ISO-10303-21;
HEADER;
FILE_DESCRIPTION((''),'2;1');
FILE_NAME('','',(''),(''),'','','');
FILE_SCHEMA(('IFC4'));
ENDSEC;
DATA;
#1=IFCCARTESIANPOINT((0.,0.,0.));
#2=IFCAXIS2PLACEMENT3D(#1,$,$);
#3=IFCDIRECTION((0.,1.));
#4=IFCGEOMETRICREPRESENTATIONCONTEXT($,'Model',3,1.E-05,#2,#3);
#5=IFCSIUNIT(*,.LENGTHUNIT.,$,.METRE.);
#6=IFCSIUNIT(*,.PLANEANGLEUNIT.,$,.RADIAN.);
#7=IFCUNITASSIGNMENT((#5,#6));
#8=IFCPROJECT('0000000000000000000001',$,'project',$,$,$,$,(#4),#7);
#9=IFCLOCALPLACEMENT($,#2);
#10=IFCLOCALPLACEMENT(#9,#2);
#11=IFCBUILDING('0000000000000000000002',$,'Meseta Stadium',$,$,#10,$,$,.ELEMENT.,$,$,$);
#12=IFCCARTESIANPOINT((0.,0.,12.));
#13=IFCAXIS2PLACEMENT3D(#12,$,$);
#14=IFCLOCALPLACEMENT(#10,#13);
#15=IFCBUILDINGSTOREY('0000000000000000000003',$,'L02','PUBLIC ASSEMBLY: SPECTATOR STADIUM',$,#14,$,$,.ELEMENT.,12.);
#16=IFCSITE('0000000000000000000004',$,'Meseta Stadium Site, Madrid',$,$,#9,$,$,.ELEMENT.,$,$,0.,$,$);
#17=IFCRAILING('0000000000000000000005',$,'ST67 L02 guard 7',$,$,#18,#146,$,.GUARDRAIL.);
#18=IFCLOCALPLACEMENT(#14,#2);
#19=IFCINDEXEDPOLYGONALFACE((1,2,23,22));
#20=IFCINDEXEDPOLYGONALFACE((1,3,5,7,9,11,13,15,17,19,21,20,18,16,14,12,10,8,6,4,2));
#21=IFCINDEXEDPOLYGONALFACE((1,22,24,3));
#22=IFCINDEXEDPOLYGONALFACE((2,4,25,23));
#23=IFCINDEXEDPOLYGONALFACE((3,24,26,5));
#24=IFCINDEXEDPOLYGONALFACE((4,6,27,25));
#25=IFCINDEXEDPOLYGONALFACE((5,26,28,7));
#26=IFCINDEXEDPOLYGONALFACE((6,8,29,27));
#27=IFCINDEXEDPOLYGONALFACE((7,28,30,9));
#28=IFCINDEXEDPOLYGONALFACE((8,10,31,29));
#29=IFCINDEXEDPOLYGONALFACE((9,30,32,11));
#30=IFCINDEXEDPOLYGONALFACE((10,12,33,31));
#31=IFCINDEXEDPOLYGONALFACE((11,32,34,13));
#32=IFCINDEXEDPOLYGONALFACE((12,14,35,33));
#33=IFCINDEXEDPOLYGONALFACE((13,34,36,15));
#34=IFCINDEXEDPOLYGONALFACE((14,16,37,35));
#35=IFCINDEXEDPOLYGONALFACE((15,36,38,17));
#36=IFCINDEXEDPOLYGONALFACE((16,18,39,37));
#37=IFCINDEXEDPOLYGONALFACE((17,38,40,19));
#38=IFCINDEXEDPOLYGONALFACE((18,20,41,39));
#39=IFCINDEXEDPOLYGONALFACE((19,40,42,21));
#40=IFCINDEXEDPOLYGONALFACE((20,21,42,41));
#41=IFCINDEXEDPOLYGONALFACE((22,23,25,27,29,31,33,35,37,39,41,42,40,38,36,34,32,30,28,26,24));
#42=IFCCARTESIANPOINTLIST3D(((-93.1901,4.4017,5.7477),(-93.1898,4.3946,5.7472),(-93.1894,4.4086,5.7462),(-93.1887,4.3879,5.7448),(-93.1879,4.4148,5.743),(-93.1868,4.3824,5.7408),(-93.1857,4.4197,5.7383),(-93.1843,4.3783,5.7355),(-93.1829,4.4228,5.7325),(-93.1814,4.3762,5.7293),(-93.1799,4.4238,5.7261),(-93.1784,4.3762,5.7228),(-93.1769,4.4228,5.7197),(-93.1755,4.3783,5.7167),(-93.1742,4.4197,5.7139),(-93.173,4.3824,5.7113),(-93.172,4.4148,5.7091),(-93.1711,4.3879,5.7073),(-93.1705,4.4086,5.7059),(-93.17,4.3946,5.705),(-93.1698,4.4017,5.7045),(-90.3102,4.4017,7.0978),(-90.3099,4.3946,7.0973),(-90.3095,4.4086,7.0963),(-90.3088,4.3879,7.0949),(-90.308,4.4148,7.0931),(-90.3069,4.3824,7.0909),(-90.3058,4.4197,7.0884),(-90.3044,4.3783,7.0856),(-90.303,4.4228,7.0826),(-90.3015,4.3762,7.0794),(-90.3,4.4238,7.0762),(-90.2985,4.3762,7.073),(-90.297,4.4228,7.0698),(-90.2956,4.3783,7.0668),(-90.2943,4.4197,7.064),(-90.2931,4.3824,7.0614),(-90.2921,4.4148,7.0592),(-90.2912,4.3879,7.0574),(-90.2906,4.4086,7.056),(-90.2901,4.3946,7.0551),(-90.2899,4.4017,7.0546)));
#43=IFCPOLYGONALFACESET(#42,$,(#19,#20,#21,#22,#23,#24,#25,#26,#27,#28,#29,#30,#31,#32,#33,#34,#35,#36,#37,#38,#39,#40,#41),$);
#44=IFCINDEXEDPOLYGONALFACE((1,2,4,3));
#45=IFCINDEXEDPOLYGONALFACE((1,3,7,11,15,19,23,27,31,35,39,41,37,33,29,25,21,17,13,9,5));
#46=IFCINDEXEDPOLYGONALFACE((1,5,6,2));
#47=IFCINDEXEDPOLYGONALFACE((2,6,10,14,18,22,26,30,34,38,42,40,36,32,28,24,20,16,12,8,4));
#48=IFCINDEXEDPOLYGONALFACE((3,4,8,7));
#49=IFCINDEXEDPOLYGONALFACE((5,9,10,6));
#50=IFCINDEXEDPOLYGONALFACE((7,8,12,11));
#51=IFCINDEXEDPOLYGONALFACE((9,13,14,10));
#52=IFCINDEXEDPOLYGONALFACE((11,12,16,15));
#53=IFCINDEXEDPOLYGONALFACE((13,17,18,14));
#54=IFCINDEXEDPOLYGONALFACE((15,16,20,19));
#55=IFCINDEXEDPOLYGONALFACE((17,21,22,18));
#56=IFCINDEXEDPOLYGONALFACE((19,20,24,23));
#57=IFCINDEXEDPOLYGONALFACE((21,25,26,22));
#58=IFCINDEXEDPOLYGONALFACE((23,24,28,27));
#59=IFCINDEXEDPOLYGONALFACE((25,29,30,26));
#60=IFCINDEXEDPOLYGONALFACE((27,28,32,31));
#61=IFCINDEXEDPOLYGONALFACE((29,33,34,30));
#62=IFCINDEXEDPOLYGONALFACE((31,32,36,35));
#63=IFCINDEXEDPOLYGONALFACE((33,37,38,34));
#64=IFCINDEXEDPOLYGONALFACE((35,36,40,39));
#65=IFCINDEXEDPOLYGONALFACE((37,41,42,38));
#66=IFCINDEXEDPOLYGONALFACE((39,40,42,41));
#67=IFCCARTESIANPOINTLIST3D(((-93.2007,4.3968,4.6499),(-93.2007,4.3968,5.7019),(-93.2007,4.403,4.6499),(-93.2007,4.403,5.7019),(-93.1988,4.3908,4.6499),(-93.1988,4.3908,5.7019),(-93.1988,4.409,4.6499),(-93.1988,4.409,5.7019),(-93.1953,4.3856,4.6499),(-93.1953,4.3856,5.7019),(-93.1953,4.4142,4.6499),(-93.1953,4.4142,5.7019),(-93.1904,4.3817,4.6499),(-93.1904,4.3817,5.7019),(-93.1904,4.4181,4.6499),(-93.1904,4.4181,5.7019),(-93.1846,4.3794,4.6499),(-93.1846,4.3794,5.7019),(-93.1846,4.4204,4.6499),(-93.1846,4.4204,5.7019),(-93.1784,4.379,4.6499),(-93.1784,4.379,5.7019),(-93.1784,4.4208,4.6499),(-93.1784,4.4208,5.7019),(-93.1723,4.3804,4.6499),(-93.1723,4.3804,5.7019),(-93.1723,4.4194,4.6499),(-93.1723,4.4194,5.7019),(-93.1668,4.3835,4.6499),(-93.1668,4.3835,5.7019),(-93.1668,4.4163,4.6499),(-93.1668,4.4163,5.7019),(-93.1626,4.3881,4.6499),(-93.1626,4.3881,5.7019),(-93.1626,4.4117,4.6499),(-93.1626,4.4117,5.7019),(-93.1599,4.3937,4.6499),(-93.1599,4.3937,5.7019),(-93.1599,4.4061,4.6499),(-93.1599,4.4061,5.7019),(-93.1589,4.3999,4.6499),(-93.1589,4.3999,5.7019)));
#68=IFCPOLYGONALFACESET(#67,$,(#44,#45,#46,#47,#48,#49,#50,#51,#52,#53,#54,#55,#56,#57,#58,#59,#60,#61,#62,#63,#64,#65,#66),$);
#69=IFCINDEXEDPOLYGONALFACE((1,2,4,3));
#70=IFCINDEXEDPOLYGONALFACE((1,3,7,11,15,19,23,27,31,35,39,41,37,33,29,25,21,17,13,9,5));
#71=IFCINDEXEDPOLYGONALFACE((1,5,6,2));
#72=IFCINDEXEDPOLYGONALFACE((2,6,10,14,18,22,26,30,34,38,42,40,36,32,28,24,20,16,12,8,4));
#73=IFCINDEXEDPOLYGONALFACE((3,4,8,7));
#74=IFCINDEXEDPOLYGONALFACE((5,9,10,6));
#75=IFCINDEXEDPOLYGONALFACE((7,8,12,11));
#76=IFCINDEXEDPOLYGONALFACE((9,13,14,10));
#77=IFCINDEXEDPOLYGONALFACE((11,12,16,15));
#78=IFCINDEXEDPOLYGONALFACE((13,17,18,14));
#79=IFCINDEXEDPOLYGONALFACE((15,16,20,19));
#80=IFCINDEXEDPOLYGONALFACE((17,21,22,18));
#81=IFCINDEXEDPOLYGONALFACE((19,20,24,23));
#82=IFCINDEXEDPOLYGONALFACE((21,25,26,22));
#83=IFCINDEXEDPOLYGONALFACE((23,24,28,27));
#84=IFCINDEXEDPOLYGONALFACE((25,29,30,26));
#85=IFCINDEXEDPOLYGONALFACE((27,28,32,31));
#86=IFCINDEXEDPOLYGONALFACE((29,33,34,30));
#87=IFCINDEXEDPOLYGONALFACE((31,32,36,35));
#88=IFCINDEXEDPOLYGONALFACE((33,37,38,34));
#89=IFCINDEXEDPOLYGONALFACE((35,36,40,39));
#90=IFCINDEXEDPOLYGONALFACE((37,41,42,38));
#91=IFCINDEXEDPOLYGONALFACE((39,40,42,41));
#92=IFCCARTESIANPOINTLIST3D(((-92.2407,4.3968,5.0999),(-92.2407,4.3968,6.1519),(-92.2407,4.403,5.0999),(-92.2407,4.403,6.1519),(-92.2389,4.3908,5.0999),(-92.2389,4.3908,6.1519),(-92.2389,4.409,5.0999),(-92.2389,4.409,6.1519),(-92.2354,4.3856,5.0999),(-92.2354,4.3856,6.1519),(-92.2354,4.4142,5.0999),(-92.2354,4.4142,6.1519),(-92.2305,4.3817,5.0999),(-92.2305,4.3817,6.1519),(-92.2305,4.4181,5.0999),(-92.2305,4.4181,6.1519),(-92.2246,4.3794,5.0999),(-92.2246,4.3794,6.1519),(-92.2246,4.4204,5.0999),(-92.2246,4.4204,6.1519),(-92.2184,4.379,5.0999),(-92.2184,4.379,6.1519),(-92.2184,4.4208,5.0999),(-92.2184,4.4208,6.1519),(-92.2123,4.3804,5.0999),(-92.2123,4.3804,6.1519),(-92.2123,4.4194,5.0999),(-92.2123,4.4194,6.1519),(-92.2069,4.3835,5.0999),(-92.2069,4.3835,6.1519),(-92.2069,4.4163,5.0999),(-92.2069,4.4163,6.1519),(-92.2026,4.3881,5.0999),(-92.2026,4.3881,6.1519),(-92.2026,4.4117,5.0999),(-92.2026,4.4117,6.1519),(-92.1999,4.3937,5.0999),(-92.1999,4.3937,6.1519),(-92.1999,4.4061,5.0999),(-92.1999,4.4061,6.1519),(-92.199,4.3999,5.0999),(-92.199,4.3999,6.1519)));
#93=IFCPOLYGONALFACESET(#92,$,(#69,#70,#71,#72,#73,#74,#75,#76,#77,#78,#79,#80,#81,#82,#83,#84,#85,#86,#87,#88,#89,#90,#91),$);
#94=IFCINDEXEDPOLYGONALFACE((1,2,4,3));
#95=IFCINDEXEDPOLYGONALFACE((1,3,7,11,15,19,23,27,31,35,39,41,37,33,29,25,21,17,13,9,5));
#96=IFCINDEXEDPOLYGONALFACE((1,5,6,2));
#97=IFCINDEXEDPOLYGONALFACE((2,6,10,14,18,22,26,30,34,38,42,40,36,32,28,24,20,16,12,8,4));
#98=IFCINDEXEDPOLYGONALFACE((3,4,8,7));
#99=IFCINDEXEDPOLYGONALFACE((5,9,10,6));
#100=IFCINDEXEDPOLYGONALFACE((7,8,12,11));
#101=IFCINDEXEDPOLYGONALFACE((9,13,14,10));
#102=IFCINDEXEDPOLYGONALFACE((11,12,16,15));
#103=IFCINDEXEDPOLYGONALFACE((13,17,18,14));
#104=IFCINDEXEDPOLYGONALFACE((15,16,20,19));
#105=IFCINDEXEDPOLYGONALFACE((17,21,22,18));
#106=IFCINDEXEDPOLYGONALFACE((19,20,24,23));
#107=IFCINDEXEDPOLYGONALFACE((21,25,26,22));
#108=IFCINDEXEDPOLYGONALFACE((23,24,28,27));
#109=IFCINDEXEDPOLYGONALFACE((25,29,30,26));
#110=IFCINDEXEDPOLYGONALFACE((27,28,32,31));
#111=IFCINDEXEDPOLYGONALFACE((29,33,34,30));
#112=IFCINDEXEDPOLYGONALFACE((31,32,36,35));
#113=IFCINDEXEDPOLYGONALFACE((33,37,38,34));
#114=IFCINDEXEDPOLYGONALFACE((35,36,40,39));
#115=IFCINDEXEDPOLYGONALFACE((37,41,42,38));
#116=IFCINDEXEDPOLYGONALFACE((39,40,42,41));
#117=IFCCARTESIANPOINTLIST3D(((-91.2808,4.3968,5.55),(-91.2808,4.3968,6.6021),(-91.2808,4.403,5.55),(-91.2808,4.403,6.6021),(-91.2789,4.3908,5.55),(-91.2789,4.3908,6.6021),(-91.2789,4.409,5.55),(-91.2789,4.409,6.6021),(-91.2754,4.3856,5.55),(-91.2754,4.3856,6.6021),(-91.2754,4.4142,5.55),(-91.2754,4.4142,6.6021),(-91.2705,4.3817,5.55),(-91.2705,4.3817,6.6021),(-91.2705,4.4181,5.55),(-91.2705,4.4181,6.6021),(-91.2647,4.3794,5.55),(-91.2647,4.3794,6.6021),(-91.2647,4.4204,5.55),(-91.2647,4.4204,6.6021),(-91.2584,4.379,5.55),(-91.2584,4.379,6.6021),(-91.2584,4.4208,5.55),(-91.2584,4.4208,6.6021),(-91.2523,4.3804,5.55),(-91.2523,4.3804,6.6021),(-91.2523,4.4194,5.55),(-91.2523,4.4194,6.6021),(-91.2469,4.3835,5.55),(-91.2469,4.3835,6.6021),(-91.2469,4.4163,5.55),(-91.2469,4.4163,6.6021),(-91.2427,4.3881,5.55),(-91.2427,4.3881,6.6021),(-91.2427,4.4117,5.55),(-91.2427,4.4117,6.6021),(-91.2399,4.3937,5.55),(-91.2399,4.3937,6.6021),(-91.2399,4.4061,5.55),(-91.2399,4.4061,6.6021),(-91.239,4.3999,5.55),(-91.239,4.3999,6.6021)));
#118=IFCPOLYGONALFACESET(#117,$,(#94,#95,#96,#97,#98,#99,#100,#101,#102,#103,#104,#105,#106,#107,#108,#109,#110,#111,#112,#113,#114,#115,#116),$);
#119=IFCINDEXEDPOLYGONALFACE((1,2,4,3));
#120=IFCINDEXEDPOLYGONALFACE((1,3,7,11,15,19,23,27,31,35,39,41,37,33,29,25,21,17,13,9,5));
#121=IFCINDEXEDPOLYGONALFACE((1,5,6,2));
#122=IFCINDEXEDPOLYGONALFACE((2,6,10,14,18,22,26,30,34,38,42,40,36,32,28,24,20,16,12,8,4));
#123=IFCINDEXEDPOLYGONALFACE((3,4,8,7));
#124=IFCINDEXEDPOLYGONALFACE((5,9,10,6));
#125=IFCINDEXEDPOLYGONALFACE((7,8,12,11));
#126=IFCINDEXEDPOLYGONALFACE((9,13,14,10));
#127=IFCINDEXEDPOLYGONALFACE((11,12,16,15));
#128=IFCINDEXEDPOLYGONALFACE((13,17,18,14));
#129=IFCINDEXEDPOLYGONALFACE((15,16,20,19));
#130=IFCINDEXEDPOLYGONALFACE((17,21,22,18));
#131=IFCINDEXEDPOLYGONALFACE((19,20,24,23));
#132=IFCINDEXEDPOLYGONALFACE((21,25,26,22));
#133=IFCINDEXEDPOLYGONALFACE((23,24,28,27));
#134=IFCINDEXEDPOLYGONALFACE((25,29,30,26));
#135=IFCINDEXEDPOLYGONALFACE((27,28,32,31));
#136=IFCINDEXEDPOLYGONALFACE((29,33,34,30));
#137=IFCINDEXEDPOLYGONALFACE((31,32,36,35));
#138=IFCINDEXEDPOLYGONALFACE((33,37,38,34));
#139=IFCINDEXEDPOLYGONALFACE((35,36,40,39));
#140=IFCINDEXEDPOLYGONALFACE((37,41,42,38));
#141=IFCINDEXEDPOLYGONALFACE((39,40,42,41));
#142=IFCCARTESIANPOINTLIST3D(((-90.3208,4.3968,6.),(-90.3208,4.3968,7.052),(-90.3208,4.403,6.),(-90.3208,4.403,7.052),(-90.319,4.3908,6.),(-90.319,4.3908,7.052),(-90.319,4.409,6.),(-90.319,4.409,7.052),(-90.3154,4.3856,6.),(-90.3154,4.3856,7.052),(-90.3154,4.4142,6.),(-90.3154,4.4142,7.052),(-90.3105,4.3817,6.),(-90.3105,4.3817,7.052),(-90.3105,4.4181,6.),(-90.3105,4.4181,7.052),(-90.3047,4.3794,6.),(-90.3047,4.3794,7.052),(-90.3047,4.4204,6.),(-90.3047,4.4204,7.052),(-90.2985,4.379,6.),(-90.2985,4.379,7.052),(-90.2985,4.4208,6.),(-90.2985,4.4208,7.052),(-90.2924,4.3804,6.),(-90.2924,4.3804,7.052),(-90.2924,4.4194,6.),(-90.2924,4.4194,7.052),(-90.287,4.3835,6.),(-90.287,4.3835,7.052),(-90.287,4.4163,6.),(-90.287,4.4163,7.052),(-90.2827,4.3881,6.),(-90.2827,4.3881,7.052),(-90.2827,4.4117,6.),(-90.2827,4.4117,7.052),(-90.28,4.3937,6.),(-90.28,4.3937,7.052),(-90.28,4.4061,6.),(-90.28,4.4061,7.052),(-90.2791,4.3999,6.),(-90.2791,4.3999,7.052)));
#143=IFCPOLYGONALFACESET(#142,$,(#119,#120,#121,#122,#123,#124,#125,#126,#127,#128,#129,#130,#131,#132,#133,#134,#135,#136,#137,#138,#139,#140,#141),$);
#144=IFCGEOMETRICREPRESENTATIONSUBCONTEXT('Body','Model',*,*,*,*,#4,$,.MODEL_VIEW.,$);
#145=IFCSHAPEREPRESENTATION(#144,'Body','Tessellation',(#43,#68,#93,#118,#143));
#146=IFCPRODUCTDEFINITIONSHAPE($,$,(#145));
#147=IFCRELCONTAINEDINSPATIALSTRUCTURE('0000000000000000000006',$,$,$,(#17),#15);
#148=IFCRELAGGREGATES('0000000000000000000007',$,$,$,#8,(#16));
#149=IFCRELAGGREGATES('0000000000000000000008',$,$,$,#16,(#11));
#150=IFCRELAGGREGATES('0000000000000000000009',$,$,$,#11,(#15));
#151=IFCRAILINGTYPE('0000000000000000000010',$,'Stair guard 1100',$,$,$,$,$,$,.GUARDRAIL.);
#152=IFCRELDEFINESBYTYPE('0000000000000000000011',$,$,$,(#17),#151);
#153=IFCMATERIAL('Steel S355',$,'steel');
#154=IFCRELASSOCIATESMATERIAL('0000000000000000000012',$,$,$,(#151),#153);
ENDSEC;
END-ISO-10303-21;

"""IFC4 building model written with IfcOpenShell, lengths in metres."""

from ifc_helpers import new_model, si_unit, direction, frame, origin, origin_2d, place, context, subcontext, project, spatial, circle, extrude, material, type_object, element, save


model = new_model("IFC4")

# Units and contexts
model_context = context("Model", 3, precision=1e-05, world=origin(), true_north=direction((0.0, 1.0)))
body_context = subcontext(model_context, "Body", "Model", "MODEL_VIEW")
ifc_project = project(units=[si_unit("LENGTHUNIT", "METRE"), si_unit("PLANEANGLEUNIT", "RADIAN")], contexts=[model_context])

# Site, building, storey
site_placement = place(None, origin())
site = spatial("IfcSite", under=ifc_project, at=site_placement, Name="Meseta Stadium Site, Madrid", CompositionType="ELEMENT", RefElevation=0.0)
building_placement = place(site_placement, origin())
building = spatial("IfcBuilding", under=site, at=building_placement, Name="Meseta Stadium", CompositionType="ELEMENT")
storey_placement = place(building_placement, frame((0.0, 0.0, 12.0)))
storey = spatial("IfcBuildingStorey", under=building, at=storey_placement, Name="L02", Description="PUBLIC ASSEMBLY: SPECTATOR STADIUM", CompositionType="ELEMENT", Elevation=12.0)

# Railing
ifc_material_1 = material(Name="Steel S355", Category="steel")
railing_type_1 = type_object("IfcRailingType", Name="Stair guard 1100", PredefinedType="GUARDRAIL", material=ifc_material_1)
railing_1_placement = place(storey_placement, frame((-93.1799, 4.3999, 4.6499)))
element("IfcRailing", 1, at=railing_1_placement, inside=storey, type_object=railing_type_1, Name="ST67 L02 guard 7", PredefinedType="GUARDRAIL", context=body_context, shape_type="SweptSolid", body=[
    extrude(circle(Radius=0.0239, at=origin_2d()), frame((0.0, 0.0, 1.0762), z_axis=(0.90544, 0.0, 0.424473), x_axis=(0.0, 1.0, 0.0)), (0.0, 0.0, 1.0), 3.1807),
    extrude(circle(Radius=0.021, at=origin_2d()), origin(), (0.0, 0.0, 1.0), 1.052),
    extrude(circle(Radius=0.021, at=origin_2d()), frame((0.96, 0.0, 0.45)), (0.0, 0.0, 1.0), 1.052),
    extrude(circle(Radius=0.021, at=origin_2d()), frame((1.9199, 0.0, 0.9001)), (0.0, 0.0, 1.0), 1.052),
    extrude(circle(Radius=0.021, at=origin_2d()), frame((2.8799, 0.0, 1.3501)), (0.0, 0.0, 1.0), 1.052),
])

save(model, "model.ifc")
